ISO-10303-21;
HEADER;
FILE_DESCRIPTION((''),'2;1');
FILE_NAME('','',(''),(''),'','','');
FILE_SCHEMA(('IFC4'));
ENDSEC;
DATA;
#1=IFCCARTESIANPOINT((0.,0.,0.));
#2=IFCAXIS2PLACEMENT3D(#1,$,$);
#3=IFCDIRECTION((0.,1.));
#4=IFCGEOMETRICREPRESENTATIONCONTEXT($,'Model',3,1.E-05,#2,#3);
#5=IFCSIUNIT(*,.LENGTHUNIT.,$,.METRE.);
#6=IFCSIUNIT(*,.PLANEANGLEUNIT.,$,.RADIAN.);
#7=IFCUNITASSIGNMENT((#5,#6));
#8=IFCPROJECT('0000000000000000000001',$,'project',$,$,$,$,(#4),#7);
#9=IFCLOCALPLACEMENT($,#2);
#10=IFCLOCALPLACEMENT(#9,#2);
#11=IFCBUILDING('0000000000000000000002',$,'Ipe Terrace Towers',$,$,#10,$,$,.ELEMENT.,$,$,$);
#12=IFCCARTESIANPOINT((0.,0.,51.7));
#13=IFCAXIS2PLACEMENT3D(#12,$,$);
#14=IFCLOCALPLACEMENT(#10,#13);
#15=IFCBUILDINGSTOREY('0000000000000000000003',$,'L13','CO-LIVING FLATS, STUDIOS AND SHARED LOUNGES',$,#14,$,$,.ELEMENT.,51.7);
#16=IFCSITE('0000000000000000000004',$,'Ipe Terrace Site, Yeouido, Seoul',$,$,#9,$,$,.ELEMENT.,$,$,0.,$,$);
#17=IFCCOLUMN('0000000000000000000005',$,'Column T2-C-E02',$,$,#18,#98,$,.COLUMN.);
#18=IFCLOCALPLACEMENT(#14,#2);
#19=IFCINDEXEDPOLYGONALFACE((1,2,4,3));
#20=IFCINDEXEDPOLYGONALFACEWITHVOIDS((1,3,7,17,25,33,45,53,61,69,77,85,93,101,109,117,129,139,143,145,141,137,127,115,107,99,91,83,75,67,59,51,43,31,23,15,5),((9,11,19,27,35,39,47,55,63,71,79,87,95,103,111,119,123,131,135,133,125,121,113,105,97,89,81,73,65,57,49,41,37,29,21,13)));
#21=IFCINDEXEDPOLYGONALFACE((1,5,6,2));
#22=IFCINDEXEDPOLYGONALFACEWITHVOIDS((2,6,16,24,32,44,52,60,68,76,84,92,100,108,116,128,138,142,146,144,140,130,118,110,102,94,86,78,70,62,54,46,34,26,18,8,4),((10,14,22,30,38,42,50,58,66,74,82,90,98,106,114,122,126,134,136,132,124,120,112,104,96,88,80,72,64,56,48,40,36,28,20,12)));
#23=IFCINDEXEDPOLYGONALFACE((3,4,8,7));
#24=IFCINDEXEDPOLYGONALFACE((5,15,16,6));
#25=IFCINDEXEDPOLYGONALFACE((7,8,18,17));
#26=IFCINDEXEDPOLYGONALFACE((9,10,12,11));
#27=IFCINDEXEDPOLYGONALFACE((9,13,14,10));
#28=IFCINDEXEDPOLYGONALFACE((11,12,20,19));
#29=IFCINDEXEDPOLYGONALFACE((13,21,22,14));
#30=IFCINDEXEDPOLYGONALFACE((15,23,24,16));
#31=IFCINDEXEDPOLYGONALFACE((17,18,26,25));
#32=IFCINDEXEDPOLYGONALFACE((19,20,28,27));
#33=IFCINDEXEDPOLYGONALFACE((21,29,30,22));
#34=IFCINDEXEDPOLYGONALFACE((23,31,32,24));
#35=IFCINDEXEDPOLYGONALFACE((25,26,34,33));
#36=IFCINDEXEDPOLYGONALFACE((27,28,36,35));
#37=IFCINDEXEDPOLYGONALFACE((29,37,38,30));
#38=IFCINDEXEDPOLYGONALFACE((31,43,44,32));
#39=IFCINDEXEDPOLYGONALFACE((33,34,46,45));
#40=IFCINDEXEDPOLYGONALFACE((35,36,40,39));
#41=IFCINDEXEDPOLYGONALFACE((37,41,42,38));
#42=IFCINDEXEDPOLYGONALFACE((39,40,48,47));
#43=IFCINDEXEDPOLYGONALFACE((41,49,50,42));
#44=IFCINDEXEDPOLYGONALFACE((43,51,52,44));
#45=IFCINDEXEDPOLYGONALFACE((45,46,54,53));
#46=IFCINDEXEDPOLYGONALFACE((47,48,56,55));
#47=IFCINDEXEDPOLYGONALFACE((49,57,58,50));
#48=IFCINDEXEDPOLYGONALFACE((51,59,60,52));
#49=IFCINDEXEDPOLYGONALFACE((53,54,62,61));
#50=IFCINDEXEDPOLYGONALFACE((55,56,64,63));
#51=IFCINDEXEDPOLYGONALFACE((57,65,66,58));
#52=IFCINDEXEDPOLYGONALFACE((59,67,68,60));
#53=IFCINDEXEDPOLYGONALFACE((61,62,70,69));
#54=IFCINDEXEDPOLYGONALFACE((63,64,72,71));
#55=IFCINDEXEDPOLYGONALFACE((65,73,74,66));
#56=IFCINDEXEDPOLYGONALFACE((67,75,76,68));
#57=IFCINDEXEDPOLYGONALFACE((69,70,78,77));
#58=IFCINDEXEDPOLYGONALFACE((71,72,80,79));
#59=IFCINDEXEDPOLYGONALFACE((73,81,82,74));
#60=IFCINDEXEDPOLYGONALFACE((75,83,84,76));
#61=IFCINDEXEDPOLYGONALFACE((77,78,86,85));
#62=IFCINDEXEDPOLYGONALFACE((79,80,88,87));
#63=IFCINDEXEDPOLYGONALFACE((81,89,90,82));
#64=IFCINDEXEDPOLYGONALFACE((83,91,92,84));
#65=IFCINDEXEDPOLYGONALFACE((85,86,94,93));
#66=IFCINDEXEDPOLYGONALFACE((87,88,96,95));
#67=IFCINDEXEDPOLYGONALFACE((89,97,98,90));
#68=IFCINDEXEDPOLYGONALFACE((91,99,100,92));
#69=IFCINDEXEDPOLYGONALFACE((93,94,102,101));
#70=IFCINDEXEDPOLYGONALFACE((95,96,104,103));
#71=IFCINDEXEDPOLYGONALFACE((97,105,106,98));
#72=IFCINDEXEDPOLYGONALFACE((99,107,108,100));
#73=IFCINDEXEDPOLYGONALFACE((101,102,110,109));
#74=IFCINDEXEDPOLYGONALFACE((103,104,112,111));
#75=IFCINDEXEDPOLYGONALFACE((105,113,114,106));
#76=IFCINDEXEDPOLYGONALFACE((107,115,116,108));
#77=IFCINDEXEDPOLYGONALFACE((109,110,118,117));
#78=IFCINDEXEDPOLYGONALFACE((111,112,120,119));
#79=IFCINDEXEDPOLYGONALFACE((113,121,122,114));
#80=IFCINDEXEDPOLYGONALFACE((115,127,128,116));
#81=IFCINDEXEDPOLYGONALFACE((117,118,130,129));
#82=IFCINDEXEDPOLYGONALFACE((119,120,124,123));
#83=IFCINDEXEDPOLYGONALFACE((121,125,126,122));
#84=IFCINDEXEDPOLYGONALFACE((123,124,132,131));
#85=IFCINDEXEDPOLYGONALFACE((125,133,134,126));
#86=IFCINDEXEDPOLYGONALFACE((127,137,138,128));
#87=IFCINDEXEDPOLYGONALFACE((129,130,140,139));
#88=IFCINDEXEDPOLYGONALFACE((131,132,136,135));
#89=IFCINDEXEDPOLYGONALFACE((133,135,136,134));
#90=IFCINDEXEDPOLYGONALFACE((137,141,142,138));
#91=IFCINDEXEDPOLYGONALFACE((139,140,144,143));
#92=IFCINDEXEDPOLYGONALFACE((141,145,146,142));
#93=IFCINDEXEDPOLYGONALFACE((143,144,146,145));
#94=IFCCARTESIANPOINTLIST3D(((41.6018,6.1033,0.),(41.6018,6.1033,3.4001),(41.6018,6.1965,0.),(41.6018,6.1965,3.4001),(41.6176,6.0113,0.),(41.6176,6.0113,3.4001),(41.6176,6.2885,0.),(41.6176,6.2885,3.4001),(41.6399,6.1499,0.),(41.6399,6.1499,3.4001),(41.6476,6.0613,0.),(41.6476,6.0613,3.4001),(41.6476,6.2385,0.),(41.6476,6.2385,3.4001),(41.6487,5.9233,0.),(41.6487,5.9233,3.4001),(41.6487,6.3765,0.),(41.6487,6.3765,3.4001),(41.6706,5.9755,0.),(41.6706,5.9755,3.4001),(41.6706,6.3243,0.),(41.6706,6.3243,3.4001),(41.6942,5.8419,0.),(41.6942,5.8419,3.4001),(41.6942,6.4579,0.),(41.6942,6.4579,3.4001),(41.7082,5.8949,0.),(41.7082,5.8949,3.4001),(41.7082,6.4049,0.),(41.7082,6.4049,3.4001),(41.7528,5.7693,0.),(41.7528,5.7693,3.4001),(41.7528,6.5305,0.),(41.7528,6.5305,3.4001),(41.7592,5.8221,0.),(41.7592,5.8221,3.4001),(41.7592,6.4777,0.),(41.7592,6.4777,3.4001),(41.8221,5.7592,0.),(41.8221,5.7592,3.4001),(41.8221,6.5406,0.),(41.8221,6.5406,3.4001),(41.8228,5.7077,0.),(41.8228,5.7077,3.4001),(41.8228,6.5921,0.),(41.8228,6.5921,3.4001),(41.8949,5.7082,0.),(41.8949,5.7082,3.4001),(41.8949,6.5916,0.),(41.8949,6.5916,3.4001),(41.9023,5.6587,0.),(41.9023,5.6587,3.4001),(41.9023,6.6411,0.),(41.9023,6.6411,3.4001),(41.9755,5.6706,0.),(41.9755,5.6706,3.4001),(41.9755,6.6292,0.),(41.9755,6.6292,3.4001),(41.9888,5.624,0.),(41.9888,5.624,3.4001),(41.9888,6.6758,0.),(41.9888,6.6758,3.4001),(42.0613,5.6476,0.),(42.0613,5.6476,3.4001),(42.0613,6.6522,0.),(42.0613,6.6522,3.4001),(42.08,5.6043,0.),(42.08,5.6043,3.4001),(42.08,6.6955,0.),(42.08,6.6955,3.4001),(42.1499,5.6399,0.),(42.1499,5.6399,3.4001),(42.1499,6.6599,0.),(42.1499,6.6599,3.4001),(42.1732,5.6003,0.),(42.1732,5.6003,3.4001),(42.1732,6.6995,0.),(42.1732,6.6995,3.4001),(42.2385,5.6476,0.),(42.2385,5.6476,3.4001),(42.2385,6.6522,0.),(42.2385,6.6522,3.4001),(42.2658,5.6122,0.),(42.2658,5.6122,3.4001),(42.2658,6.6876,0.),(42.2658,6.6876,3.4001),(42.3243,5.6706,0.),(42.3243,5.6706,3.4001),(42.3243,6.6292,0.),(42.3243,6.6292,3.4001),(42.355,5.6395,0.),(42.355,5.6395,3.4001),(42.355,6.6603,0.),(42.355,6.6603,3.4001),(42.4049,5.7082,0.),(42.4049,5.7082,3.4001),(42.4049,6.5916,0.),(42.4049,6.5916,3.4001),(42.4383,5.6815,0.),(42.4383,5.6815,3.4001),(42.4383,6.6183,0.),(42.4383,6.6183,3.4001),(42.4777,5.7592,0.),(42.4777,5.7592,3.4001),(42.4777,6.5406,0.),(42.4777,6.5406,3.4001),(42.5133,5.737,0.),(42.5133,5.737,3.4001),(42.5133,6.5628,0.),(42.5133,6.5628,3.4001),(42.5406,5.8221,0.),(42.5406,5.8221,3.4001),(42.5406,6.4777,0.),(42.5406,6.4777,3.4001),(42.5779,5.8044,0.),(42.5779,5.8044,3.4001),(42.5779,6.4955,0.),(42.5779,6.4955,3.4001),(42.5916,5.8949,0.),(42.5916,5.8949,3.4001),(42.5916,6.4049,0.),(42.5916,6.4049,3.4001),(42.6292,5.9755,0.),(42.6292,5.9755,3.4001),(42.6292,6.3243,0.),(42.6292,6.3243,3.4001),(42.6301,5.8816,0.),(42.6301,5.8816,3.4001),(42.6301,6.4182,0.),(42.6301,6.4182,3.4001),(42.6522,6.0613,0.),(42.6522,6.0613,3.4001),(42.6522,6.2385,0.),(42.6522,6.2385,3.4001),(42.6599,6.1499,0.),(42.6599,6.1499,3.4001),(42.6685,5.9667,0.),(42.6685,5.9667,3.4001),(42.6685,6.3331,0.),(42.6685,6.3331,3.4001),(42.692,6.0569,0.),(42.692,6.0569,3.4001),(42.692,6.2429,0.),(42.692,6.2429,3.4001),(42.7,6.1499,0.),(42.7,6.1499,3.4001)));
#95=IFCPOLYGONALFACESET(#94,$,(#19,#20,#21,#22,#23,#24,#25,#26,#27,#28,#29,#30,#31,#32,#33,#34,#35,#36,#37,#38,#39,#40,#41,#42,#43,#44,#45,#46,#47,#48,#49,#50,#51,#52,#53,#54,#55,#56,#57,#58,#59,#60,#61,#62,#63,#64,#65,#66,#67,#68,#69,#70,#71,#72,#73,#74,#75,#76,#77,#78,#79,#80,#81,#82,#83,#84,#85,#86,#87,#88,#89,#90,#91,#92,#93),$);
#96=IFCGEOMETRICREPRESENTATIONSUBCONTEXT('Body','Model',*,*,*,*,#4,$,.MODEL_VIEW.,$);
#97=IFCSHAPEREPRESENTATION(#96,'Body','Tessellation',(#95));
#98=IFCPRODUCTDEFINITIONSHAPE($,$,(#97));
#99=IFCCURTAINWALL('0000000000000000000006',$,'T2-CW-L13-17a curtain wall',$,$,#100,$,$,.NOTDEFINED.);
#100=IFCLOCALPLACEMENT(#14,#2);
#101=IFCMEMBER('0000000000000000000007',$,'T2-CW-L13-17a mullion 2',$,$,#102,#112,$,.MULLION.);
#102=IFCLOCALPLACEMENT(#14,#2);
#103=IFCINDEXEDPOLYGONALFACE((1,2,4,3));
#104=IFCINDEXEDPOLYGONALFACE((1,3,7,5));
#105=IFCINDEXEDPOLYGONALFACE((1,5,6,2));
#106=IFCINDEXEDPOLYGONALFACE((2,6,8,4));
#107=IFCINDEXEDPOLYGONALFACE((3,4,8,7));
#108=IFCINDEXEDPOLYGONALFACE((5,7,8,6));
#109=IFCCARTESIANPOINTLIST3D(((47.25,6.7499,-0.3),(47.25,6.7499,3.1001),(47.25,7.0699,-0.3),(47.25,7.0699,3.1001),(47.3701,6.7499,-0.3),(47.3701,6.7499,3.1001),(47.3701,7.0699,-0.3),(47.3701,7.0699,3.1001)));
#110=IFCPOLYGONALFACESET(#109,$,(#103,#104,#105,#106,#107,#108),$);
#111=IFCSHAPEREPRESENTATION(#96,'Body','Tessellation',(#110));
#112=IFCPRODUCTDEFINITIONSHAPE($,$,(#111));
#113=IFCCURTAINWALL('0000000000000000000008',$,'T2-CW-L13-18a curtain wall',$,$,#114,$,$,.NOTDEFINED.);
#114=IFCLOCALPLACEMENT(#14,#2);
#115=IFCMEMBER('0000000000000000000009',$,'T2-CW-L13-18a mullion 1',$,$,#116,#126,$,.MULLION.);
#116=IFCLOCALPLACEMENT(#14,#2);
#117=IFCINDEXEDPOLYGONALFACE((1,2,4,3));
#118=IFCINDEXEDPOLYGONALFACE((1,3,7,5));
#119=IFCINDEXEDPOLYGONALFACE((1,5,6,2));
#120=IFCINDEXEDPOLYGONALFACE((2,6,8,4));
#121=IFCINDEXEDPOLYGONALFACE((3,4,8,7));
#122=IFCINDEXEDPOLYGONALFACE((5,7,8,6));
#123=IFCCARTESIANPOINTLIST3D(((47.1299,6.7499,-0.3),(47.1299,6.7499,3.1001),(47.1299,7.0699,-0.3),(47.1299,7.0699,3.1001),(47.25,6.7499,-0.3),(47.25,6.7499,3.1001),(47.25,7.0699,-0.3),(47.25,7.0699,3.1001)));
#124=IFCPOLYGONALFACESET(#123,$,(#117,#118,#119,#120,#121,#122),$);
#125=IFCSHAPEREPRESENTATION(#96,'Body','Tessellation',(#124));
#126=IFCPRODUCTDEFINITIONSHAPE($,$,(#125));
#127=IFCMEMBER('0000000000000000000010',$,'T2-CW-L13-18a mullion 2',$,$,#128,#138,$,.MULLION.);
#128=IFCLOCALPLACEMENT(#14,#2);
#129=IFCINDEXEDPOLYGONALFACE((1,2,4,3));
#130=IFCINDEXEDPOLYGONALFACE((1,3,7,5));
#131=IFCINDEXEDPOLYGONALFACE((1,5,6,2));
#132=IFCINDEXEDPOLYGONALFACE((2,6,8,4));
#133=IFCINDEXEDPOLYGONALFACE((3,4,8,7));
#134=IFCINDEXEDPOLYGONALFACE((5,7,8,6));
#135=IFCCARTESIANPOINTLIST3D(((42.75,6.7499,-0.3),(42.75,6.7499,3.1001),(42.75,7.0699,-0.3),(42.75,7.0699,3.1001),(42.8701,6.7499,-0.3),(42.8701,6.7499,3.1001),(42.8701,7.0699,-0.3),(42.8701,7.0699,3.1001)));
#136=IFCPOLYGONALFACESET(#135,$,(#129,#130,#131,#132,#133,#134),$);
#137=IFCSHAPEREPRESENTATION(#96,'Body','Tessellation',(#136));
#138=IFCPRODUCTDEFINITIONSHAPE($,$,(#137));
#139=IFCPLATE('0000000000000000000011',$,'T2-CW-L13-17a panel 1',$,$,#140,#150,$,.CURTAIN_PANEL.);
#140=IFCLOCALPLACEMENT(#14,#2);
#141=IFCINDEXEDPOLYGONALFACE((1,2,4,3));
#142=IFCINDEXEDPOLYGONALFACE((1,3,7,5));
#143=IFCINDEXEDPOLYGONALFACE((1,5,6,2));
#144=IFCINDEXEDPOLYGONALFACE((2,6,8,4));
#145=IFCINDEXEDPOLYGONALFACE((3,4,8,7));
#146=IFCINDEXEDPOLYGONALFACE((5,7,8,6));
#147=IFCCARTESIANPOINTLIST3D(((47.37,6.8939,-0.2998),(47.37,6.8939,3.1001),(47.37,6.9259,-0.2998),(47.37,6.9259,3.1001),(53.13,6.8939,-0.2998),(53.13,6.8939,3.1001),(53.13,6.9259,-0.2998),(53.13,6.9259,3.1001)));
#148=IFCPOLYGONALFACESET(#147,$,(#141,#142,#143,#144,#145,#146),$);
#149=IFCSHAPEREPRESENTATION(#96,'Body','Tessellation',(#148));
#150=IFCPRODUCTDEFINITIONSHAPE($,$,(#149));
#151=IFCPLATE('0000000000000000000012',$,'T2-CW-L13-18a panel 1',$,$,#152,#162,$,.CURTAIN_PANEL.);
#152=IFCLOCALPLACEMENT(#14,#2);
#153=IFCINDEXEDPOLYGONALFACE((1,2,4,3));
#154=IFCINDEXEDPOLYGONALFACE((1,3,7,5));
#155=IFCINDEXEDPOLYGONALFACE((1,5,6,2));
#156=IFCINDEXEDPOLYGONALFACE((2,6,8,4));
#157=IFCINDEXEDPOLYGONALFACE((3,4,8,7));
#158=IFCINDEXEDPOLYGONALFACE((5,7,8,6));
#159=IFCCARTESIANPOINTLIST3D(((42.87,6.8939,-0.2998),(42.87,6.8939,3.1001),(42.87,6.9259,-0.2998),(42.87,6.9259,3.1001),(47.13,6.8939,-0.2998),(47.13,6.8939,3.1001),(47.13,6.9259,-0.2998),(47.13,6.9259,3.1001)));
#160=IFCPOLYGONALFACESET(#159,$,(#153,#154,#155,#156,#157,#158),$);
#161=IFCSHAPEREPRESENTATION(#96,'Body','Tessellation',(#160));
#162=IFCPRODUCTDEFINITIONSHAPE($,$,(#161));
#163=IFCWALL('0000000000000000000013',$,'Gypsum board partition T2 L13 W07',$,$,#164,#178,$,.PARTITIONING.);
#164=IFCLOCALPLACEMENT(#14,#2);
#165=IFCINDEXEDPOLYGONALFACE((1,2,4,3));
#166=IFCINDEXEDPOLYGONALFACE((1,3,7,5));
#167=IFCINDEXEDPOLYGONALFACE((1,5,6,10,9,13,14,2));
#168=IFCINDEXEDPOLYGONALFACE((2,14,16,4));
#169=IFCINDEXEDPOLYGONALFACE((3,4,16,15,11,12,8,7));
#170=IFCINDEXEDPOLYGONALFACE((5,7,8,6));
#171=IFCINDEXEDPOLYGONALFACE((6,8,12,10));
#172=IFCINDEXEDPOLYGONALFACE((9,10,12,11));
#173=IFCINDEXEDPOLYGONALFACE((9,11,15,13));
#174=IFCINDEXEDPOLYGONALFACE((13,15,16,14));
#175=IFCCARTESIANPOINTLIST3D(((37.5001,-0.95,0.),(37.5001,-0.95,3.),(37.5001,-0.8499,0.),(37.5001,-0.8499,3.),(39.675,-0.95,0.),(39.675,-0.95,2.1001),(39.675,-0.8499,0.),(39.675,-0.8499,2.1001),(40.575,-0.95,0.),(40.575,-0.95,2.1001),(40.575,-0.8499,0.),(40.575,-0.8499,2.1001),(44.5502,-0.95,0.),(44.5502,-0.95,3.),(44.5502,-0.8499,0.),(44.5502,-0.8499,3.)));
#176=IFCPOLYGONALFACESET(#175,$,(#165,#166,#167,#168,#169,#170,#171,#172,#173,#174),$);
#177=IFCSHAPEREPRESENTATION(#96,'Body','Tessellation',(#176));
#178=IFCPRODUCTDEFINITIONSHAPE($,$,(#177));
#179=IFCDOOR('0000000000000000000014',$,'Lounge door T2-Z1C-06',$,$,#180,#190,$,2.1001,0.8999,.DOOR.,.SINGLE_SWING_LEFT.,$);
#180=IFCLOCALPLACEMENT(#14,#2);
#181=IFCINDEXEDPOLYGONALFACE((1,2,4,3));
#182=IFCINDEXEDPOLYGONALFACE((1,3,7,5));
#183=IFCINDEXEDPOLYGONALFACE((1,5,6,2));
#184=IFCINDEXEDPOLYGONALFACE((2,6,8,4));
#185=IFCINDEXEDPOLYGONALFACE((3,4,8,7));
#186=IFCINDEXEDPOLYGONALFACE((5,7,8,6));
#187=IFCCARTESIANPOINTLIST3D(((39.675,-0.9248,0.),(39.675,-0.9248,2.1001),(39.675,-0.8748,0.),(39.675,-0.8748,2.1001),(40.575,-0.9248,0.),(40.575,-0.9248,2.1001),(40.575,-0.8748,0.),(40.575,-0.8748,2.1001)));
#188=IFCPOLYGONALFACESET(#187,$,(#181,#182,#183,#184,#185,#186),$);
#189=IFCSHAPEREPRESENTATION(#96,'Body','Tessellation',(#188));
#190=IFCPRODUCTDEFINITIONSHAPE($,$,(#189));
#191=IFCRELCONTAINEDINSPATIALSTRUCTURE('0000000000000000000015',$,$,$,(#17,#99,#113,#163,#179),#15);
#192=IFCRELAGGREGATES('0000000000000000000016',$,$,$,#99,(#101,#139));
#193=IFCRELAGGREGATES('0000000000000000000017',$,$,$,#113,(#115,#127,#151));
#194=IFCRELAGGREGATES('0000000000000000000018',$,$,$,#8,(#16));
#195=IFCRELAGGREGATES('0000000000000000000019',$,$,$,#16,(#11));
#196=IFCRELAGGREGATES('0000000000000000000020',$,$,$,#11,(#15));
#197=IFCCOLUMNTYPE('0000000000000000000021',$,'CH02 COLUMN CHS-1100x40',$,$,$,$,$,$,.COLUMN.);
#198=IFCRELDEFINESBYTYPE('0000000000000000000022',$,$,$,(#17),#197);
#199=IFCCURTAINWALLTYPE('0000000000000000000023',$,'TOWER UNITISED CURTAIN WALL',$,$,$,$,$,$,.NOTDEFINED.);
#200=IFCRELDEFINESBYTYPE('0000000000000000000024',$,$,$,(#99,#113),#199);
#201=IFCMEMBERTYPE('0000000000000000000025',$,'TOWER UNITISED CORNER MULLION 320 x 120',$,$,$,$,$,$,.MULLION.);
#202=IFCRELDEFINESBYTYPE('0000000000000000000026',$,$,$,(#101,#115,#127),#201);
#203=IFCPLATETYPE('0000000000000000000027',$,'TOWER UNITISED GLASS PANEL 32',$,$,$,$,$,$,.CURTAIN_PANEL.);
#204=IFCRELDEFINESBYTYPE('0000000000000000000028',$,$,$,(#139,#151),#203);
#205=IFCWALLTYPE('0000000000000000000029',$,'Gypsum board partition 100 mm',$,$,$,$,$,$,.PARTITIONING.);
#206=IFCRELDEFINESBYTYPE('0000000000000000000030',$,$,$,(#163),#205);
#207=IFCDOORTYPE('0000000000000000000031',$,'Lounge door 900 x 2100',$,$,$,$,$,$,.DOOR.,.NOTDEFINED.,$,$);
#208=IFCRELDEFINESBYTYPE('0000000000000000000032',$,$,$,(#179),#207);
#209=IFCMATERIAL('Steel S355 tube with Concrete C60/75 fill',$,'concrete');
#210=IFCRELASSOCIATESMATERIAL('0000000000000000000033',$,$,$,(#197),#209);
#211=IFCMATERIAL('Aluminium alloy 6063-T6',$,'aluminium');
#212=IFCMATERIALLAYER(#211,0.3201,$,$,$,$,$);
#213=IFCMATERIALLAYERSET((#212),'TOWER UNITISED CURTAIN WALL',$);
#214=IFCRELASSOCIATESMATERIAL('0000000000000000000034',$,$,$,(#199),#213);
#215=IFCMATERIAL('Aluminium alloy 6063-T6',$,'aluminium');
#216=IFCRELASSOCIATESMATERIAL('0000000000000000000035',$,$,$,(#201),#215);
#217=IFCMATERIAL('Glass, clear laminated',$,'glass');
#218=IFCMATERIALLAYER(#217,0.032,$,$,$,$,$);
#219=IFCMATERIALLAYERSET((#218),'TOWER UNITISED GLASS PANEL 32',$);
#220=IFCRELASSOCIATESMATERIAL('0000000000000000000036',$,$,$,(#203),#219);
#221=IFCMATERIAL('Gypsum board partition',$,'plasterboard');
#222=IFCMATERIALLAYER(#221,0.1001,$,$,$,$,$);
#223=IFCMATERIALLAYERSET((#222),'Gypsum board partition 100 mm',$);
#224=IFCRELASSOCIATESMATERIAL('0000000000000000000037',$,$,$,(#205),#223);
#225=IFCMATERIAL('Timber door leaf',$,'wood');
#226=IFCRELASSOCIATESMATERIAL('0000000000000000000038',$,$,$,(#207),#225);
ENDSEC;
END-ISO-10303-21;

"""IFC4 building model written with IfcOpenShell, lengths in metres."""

from ifc_helpers import new_model, si_unit, direction, frame, frame_2d, origin, origin_2d, place, context, subcontext, project, spatial, rectangle, hollow_circle, extrude, material, layer, layer_set, material_profile, profile_set, type_object, element, fill, aggregate, save


model = new_model("IFC4")

# Units and contexts
model_context = context("Model", 3, precision=1e-05, world=origin(), true_north=direction((0.0, 1.0)))
body_context = subcontext(model_context, "Body", "Model", "MODEL_VIEW")
ifc_project = project(units=[si_unit("LENGTHUNIT", "METRE"), si_unit("PLANEANGLEUNIT", "RADIAN")], contexts=[model_context])

# Site, building, storey
site_placement = place(None, origin())
site = spatial("IfcSite", under=ifc_project, at=site_placement, Name="Ipe Terrace Site, Yeouido, Seoul", CompositionType="ELEMENT", RefElevation=0.0)
building_placement = place(site_placement, origin())
building = spatial("IfcBuilding", under=site, at=building_placement, Name="Ipe Terrace Towers", CompositionType="ELEMENT")
storey_placement = place(building_placement, frame((0.0, 0.0, 51.7)))
storey = spatial("IfcBuildingStorey", under=building, at=storey_placement, Name="L13", Description="CO-LIVING FLATS, STUDIOS AND SHARED LOUNGES", CompositionType="ELEMENT", Elevation=51.7)

# Column
ifc_material_1 = material(Name="Steel S355 tube with Concrete C60/75 fill", Category="concrete")
ifc_material_profile_1 = material_profile(ifc_material_1, hollow_circle(Radius=0.55, WallThickness=0.04, at=origin_2d()), Name="CHS-1100x40")
ifc_profile_set_1 = profile_set([ifc_material_profile_1], Name="Steel S355 tube with Concrete C60/75 fill")
column_type = type_object("IfcColumnType", Name="CH02 COLUMN CHS-1100x40", PredefinedType="COLUMN", material=ifc_profile_set_1)
column_placement = place(storey_placement, frame((42.1499, 6.1499, 0.0), z_axis=(0.0, 0.0, 1.0), x_axis=(1.0, 0.0, 0.0)))
element("IfcColumn", 1, at=column_placement, inside=storey, type_object=column_type, Name="Column T2-C-E02", PredefinedType="COLUMN", context=body_context, shape_type="SweptSolid", body=[
    extrude(hollow_circle(Radius=0.55, WallThickness=0.04, at=origin_2d()), origin(), (0.0, 0.0, 1.0), 3.4001),
])

# Curtain wall, member
ifc_material_2 = material(Name="Aluminium alloy 6063-T6", Category="aluminium")
ifc_layer_1 = layer(ifc_material_2, 0.3201)
ifc_layer_set_1 = layer_set([ifc_layer_1], Name="TOWER UNITISED CURTAIN WALL")
curtain_wall_type = type_object("IfcCurtainWallType", Name="TOWER UNITISED CURTAIN WALL", PredefinedType="NOTDEFINED", material=ifc_layer_set_1)
curtain_wall_1_placement = place(storey_placement, origin())
curtain_wall_1 = element("IfcCurtainWall", 2, at=curtain_wall_1_placement, inside=storey, type_object=curtain_wall_type, Name="T2-CW-L13-17a curtain wall", PredefinedType="NOTDEFINED")
ifc_material_3 = material(Name="Aluminium alloy 6063-T6", Category="aluminium")
ifc_material_profile_2 = material_profile(ifc_material_3, rectangle(XDim=0.3201, YDim=0.1201, at=origin_2d()), Name="TOWER UNITISED CORNER MULLION 320 x 120")
ifc_profile_set_2 = profile_set([ifc_material_profile_2], Name="Aluminium alloy 6063-T6")
member_type = type_object("IfcMemberType", Name="TOWER UNITISED CORNER MULLION 320 x 120", PredefinedType="MULLION", material=ifc_profile_set_2)
member_1_placement = place(storey_placement, frame((47.3101, 6.9099, -0.3), z_axis=(0.0, 0.0, 1.0), x_axis=(0.0, 1.0, 0.0)))
member_1 = element("IfcMember", 3, at=member_1_placement, type_object=member_type, Name="T2-CW-L13-17a mullion 2", PredefinedType="MULLION", context=body_context, shape_type="SweptSolid", body=[
    extrude(rectangle(XDim=0.3201, YDim=0.1201, at=origin_2d()), origin(), (0.0, 0.0, 1.0), 3.4001),
])

# Curtain wall, members
curtain_wall_2_placement = place(storey_placement, origin())
curtain_wall_2 = element("IfcCurtainWall", 4, at=curtain_wall_2_placement, inside=storey, type_object=curtain_wall_type, Name="T2-CW-L13-18a curtain wall", PredefinedType="NOTDEFINED")
member_2_placement = place(storey_placement, frame((47.1899, 6.9099, -0.3), z_axis=(0.0, 0.0, 1.0), x_axis=(0.0, 1.0, 0.0)))
member_2 = element("IfcMember", 5, at=member_2_placement, type_object=member_type, Name="T2-CW-L13-18a mullion 1", PredefinedType="MULLION", context=body_context, shape_type="SweptSolid", body=[
    extrude(rectangle(XDim=0.3201, YDim=0.1201, at=origin_2d()), origin(), (0.0, 0.0, 1.0), 3.4001),
])
member_3_placement = place(storey_placement, frame((42.8101, 6.9099, -0.3), z_axis=(0.0, 0.0, 1.0), x_axis=(0.0, 1.0, 0.0)))
member_3 = element("IfcMember", 6, at=member_3_placement, type_object=member_type, Name="T2-CW-L13-18a mullion 2", PredefinedType="MULLION", context=body_context, shape_type="SweptSolid", body=[
    extrude(rectangle(XDim=0.3201, YDim=0.1201, at=origin_2d()), origin(), (0.0, 0.0, 1.0), 3.4001),
])

# Plates
ifc_material_4 = material(Name="Glass, clear laminated", Category="glass")
ifc_layer_2 = layer(ifc_material_4, 0.032)
ifc_layer_set_2 = layer_set([ifc_layer_2], Name="TOWER UNITISED GLASS PANEL 32")
plate_type = type_object("IfcPlateType", Name="TOWER UNITISED GLASS PANEL 32", PredefinedType="CURTAIN_PANEL", material=ifc_layer_set_2)
plate_1_placement = place(storey_placement, frame((50.25, 6.9099, -0.2998), z_axis=(0.0, 0.0, 1.0), x_axis=(-1.0, 0.0, 0.0)))
plate_1 = element("IfcPlate", 7, at=plate_1_placement, type_object=plate_type, Name="T2-CW-L13-17a panel 1", PredefinedType="CURTAIN_PANEL", context=body_context, shape_type="SweptSolid", body=[
    extrude(rectangle(XDim=5.76, YDim=0.032, at=origin_2d()), origin(), (0.0, 0.0, 1.0), 3.3999),
])
aggregate(curtain_wall_1, [member_1, plate_1])
plate_2_placement = place(storey_placement, frame((45.0, 6.9099, -0.2998), z_axis=(0.0, 0.0, 1.0), x_axis=(-1.0, 0.0, 0.0)))
plate_2 = element("IfcPlate", 8, at=plate_2_placement, type_object=plate_type, Name="T2-CW-L13-18a panel 1", PredefinedType="CURTAIN_PANEL", context=body_context, shape_type="SweptSolid", body=[
    extrude(rectangle(XDim=4.26, YDim=0.032, at=origin_2d()), origin(), (0.0, 0.0, 1.0), 3.3999),
])
aggregate(curtain_wall_2, [member_2, member_3, plate_2])

# Wall, opening, door
ifc_material_5 = material(Name="Gypsum board partition", Category="plasterboard")
ifc_layer_3 = layer(ifc_material_5, 0.1001)
ifc_layer_set_3 = layer_set([ifc_layer_3], Name="Gypsum board partition 100 mm")
wall_type = type_object("IfcWallType", Name="Gypsum board partition 100 mm", PredefinedType="PARTITIONING", material=ifc_layer_set_3)
wall_1_placement = place(storey_placement, frame((44.55, -0.8999, 0.0), z_axis=(0.0, 0.0, 1.0), x_axis=(-1.0, 0.0, 0.0)))
wall_1 = element("IfcWall", 9, at=wall_1_placement, inside=storey, type_object=wall_type, Name="Gypsum board partition T2 L13 W07", PredefinedType="PARTITIONING", context=body_context, shape_type="SweptSolid", body=[
    extrude(rectangle(XDim=7.05, YDim=0.1001, at=frame_2d((3.5249, 0.0))), origin(), (0.0, 0.0, 1.0), 3.0),
])
opening_1_placement = place(wall_1_placement, frame((3.9751, 0.0, 0.0)))
opening_1 = element("IfcOpeningElement", 10, at=opening_1_placement, cuts=wall_1, PredefinedType="OPENING", context=body_context, shape_type="SweptSolid", body=[
    extrude(rectangle(XDim=0.8999, YDim=2.1001, at=frame_2d((0.45, 1.05))), frame((0.0, 0.0601, 0.0), z_axis=(0.0, -1.0, 0.0), x_axis=(1.0, 0.0, 0.0)), (0.0, 0.0, 1.0), 0.1201),
])
ifc_material_6 = material(Name="Timber door leaf", Category="wood")
door_type_1 = type_object("IfcDoorType", Name="Lounge door 900 x 2100", OperationType="NOTDEFINED", PredefinedType="DOOR", material=ifc_material_6)
door_1_placement = place(opening_1_placement, origin())
door_1 = element("IfcDoor", 11, at=door_1_placement, inside=storey, type_object=door_type_1, Name="Lounge door T2-Z1C-06", OperationType="SINGLE_SWING_LEFT", OverallHeight=2.1001, OverallWidth=0.8999, PredefinedType="DOOR", context=body_context, shape_type="SweptSolid", body=[
    extrude(rectangle(XDim=0.8999, YDim=2.1001, at=frame_2d((0.45, 1.05))), frame((0.0, 0.0249, 0.0), z_axis=(0.0, -1.0, 0.0), x_axis=(1.0, 0.0, 0.0)), (0.0, 0.0, 1.0), 0.05),
])
fill(opening_1, door_1)

save(model, "model.ifc")
